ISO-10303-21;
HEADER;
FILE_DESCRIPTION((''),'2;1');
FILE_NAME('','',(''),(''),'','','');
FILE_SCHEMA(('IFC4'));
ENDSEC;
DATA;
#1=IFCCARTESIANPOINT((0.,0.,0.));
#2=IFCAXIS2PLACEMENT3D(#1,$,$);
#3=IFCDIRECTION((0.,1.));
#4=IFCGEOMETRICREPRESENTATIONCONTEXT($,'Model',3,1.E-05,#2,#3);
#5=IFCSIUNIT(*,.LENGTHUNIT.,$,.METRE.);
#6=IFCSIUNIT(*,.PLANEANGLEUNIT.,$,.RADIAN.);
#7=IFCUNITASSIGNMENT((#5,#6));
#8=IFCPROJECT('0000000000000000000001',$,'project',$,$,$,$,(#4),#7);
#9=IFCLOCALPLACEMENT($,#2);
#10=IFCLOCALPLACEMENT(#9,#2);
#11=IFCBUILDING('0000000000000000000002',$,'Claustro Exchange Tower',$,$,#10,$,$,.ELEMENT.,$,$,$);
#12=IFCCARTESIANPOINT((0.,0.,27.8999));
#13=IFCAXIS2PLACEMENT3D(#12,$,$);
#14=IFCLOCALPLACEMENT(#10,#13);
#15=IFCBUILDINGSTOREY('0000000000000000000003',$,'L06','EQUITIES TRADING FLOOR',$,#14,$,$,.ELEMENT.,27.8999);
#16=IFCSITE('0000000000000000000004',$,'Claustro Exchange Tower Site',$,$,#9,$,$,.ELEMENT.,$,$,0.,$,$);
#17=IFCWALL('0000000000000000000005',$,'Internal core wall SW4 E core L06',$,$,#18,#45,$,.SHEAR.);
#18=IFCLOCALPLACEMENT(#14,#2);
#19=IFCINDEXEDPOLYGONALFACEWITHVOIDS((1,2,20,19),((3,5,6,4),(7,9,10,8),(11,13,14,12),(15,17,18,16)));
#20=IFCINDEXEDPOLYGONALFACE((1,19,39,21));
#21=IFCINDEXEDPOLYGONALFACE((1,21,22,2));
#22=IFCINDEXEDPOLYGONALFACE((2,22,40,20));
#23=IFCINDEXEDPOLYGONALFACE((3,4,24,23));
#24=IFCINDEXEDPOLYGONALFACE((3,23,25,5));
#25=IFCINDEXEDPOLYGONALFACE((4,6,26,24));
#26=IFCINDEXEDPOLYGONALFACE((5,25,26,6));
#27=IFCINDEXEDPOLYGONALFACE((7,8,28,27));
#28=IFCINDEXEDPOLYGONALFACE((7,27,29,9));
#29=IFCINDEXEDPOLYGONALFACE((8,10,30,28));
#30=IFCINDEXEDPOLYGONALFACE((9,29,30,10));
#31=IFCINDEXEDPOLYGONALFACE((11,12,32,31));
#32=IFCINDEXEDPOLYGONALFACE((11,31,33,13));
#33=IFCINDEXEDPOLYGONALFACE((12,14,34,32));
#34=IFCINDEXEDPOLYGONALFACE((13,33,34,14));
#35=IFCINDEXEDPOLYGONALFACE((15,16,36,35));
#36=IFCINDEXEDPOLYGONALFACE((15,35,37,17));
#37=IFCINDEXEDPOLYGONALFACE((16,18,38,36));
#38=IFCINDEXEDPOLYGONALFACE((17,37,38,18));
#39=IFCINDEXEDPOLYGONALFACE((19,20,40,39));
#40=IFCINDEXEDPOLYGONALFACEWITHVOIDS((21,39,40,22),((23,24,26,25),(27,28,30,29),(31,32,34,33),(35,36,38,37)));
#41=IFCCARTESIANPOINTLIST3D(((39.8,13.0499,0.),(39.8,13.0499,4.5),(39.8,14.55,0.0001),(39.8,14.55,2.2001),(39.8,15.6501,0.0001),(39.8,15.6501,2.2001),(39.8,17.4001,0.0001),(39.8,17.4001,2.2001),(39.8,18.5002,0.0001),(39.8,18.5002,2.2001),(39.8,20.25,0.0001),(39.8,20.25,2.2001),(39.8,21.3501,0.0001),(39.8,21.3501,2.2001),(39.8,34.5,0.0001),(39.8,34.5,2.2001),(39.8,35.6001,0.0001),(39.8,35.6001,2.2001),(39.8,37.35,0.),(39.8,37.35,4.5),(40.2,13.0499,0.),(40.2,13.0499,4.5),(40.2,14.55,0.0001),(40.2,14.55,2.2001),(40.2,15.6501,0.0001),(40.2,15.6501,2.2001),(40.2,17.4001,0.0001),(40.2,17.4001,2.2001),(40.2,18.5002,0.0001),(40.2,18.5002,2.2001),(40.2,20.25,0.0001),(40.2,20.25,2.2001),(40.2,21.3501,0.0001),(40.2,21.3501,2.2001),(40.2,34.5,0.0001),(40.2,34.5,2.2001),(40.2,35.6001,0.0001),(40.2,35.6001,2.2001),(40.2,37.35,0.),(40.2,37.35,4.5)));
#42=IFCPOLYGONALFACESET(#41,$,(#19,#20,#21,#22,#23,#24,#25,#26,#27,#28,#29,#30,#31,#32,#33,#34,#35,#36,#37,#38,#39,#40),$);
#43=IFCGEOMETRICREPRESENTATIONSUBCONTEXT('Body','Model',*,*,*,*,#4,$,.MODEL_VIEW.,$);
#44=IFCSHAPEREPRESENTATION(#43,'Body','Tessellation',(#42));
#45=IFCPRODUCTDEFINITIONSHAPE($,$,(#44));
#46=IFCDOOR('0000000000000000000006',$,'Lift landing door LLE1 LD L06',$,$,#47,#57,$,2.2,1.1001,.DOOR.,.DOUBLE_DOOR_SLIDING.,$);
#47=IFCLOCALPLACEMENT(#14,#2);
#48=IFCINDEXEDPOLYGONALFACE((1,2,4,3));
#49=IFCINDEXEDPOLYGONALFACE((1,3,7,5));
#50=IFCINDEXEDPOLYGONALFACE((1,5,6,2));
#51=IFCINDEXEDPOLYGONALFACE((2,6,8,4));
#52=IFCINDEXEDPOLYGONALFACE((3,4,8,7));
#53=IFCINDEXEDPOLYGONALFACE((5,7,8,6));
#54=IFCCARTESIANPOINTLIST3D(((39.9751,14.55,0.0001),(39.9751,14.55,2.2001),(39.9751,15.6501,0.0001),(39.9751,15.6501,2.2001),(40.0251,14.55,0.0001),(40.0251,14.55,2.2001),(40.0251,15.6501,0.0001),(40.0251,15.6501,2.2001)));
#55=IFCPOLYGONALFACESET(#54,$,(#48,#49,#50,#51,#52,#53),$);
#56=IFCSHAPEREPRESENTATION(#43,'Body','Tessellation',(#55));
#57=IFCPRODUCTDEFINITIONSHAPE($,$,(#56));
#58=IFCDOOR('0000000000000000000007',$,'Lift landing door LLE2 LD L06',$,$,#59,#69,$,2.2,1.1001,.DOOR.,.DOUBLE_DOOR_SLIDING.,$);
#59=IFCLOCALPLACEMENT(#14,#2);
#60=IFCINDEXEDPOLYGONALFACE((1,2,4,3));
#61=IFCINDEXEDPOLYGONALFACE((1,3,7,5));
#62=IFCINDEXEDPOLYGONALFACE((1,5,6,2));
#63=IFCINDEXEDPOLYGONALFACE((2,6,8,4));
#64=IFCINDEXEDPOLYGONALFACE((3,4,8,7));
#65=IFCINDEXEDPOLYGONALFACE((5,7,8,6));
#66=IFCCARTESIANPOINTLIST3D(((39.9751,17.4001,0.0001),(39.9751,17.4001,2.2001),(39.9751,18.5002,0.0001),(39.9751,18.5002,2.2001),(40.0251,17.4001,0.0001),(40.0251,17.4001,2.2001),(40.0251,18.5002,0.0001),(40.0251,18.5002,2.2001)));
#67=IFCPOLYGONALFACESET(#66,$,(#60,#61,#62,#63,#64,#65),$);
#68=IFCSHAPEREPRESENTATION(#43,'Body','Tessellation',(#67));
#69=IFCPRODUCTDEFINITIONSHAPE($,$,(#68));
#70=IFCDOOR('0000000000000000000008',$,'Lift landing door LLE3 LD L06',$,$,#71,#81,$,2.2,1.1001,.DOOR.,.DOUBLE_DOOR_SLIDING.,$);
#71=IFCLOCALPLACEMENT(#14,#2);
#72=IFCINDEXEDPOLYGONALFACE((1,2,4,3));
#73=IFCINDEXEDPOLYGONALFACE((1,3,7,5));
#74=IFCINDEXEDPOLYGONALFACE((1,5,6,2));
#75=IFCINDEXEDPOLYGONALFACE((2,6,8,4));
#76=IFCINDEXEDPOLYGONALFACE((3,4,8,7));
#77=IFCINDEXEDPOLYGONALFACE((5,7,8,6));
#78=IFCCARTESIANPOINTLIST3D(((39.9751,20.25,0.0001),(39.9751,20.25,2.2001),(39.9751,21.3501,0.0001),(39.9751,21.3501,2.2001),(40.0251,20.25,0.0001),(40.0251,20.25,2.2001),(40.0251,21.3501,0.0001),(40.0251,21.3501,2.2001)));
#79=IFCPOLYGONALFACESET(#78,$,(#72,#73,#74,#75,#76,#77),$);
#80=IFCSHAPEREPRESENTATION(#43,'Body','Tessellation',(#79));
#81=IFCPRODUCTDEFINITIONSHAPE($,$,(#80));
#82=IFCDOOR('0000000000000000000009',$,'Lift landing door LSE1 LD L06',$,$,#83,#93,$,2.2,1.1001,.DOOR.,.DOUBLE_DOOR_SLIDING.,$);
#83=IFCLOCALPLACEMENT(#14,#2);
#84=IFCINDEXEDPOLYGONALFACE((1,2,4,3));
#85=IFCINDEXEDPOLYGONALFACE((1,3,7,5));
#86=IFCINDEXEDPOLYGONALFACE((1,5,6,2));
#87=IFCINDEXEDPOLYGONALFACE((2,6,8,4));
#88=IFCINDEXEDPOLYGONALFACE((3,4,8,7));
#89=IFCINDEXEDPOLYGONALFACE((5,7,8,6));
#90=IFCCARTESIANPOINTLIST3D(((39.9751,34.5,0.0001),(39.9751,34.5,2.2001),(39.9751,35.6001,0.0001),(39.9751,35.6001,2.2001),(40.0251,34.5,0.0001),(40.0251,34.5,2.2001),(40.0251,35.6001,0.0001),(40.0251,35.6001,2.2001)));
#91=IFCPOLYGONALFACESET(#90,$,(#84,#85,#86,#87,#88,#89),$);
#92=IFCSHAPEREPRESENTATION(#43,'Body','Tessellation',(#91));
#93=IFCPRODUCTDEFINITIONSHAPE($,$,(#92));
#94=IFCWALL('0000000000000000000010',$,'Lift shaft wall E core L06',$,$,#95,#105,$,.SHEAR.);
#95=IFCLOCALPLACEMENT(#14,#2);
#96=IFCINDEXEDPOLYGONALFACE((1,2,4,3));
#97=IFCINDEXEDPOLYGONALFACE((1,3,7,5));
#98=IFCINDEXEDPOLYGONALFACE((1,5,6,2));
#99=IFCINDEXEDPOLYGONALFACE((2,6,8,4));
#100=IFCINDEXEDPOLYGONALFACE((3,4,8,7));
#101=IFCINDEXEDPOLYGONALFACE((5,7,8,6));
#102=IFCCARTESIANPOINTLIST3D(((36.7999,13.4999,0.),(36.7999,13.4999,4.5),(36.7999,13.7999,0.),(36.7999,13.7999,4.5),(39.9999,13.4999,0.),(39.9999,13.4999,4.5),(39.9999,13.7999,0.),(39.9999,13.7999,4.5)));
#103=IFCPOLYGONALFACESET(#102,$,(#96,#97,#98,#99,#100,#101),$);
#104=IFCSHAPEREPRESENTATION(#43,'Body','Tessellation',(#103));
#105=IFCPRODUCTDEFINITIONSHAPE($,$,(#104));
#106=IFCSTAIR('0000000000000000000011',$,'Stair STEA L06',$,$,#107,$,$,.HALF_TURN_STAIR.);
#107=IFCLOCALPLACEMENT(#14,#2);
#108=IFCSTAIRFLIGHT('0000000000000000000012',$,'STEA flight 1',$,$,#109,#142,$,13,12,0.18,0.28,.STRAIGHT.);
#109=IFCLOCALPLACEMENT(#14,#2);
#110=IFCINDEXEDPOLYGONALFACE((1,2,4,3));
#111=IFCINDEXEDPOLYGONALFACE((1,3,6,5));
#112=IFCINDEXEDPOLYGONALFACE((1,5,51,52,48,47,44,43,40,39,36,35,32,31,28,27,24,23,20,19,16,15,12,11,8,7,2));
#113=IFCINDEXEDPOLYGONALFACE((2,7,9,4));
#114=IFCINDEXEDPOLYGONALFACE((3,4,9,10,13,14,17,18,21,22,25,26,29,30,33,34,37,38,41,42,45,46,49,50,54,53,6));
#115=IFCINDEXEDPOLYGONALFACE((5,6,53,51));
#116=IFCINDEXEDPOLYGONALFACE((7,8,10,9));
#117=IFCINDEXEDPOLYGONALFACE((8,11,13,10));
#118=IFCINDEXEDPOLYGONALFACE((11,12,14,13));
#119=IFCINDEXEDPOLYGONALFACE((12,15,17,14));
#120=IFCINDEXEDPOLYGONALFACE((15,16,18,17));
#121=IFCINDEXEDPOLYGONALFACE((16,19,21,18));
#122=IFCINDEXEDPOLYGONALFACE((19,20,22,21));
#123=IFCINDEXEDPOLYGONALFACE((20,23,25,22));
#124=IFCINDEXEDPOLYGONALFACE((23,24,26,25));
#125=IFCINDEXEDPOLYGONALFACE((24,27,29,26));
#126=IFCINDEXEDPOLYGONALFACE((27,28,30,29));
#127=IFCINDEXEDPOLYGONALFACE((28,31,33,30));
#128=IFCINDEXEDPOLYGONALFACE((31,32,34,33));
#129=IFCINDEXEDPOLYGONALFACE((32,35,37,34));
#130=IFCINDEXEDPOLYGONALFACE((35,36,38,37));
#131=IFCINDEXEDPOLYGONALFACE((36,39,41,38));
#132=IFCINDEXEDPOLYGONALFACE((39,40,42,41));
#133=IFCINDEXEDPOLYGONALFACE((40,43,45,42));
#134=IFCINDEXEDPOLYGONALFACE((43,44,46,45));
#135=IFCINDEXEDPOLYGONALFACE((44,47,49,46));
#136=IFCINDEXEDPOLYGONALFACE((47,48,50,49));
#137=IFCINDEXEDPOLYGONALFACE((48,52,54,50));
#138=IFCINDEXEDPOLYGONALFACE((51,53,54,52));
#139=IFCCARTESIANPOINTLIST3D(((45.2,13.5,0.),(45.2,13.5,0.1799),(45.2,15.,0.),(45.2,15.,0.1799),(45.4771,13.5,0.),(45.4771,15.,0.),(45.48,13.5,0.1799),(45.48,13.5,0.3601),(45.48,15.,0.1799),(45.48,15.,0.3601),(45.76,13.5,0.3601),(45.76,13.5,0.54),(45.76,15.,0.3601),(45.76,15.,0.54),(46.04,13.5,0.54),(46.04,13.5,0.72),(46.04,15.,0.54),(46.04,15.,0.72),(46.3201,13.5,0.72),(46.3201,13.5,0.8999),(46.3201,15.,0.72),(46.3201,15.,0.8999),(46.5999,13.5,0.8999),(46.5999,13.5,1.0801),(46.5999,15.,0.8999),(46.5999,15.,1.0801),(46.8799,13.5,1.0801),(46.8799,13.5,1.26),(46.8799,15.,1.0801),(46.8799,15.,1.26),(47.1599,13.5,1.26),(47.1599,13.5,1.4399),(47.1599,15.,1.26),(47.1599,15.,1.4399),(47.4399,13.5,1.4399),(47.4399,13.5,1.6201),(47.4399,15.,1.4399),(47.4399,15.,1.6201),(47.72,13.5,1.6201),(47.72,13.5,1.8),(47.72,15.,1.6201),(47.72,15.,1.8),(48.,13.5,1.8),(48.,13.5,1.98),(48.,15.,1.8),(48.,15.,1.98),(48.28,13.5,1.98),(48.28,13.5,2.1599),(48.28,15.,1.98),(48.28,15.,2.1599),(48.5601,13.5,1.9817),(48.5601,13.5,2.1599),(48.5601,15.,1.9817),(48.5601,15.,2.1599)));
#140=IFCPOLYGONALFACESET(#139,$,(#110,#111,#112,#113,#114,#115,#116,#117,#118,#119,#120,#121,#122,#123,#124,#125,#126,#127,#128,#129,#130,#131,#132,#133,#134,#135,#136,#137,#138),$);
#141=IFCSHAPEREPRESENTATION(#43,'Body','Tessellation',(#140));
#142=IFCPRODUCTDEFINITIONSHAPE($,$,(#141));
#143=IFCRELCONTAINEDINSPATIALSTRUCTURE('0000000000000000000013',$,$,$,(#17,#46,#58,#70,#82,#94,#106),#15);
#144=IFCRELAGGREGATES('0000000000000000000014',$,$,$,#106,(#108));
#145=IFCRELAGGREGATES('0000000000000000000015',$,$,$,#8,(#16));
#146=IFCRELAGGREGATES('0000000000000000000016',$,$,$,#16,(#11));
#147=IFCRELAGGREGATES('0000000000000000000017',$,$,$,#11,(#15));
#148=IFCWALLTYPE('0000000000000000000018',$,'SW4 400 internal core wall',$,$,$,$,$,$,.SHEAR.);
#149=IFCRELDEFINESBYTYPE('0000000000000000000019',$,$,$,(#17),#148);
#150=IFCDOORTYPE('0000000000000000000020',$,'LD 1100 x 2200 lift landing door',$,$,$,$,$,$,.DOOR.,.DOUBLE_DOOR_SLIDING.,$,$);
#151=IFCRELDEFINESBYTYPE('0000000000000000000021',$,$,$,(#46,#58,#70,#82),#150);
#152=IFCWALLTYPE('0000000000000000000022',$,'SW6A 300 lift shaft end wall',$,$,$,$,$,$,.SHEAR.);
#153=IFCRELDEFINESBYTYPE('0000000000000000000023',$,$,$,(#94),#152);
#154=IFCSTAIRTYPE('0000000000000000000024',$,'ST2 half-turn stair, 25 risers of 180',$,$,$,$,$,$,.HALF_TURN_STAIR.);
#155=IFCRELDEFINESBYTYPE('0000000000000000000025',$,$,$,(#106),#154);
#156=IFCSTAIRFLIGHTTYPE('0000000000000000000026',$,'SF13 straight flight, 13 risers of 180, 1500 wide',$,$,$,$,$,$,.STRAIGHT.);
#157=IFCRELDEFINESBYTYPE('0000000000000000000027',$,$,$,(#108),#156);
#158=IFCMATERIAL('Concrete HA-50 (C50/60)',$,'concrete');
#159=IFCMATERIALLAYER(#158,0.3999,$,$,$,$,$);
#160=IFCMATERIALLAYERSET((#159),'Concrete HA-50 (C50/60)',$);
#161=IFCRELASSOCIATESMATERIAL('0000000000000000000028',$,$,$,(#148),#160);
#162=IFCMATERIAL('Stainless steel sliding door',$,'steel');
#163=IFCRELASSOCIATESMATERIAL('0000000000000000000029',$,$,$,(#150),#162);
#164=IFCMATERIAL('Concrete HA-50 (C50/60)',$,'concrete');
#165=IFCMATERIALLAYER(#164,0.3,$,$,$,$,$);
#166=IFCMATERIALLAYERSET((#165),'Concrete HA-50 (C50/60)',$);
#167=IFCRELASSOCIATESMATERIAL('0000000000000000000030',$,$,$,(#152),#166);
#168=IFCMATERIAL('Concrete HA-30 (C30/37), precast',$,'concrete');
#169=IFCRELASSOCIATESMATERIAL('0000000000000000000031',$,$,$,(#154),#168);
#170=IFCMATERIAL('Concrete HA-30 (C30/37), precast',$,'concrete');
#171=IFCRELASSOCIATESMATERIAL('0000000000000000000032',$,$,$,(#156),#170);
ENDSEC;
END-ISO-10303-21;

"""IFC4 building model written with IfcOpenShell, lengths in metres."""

from ifc_helpers import new_model, si_unit, direction, frame, frame_2d, origin, place, context, subcontext, project, spatial, polyline, rectangle, outline, extrude, material, layer, layer_set, type_object, element, fill, aggregate, save


model = new_model("IFC4")

# Units and contexts
model_context = context("Model", 3, precision=1e-05, world=origin(), true_north=direction((0.0, 1.0)))
body_context = subcontext(model_context, "Body", "Model", "MODEL_VIEW")
ifc_project = project(units=[si_unit("LENGTHUNIT", "METRE"), si_unit("PLANEANGLEUNIT", "RADIAN")], contexts=[model_context])

# Site, building, storey
site_placement = place(None, origin())
site = spatial("IfcSite", under=ifc_project, at=site_placement, Name="Claustro Exchange Tower Site", CompositionType="ELEMENT", RefElevation=0.0)
building_placement = place(site_placement, origin())
building = spatial("IfcBuilding", under=site, at=building_placement, Name="Claustro Exchange Tower", CompositionType="ELEMENT")
storey_placement = place(building_placement, frame((0.0, 0.0, 27.8999)))
storey = spatial("IfcBuildingStorey", under=building, at=storey_placement, Name="L06", Description="EQUITIES TRADING FLOOR", CompositionType="ELEMENT", Elevation=27.8999)

# Wall, openings, doors
ifc_material_1 = material(Name="Concrete HA-50 (C50/60)", Category="concrete")
ifc_layer_1 = layer(ifc_material_1, 0.3999)
ifc_layer_set_1 = layer_set([ifc_layer_1], Name="Concrete HA-50 (C50/60)")
wall_type_1 = type_object("IfcWallType", Name="SW4 400 internal core wall", PredefinedType="SHEAR", material=ifc_layer_set_1)
ifc_material_2 = material(Name="Stainless steel sliding door", Category="steel")
door_type_1 = type_object("IfcDoorType", Name="LD 1100 x 2200 lift landing door", OperationType="DOUBLE_DOOR_SLIDING", PredefinedType="DOOR", material=ifc_material_2)
wall_1_placement = place(storey_placement, frame((40.0, 13.05, 0.0), z_axis=(0.0, 0.0, 1.0), x_axis=(0.0, 1.0, 0.0)))
wall_1 = element("IfcWall", 1, at=wall_1_placement, inside=storey, type_object=wall_type_1, Name="Internal core wall SW4 E core L06", PredefinedType="SHEAR", context=body_context, shape_type="SweptSolid", body=[
    extrude(rectangle(XDim=24.3, YDim=0.3999, at=frame_2d((12.1499, 0.0))), origin(), (0.0, 0.0, 1.0), 4.5),
])
opening_1_placement = place(wall_1_placement, frame((1.5, 0.0, 0.0)))
opening_1 = element("IfcOpeningElement", 2, at=opening_1_placement, cuts=wall_1, PredefinedType="OPENING", context=body_context, shape_type="SweptSolid", body=[
    extrude(rectangle(XDim=1.1001, YDim=2.2, at=frame_2d((0.55, 1.1001))), frame((0.0, 0.21, 0.0), z_axis=(0.0, -1.0, 0.0), x_axis=(1.0, 0.0, 0.0)), (0.0, 0.0, 1.0), 0.4199),
])
opening_2_placement = place(wall_1_placement, frame((4.3501, 0.0, 0.0)))
opening_2 = element("IfcOpeningElement", 3, at=opening_2_placement, cuts=wall_1, PredefinedType="OPENING", context=body_context, shape_type="SweptSolid", body=[
    extrude(rectangle(XDim=1.1001, YDim=2.2, at=frame_2d((0.55, 1.1001))), frame((0.0, 0.21, 0.0), z_axis=(0.0, -1.0, 0.0), x_axis=(1.0, 0.0, 0.0)), (0.0, 0.0, 1.0), 0.4199),
])
opening_3_placement = place(wall_1_placement, frame((7.2, 0.0, 0.0)))
opening_3 = element("IfcOpeningElement", 4, at=opening_3_placement, cuts=wall_1, PredefinedType="OPENING", context=body_context, shape_type="SweptSolid", body=[
    extrude(rectangle(XDim=1.1001, YDim=2.2, at=frame_2d((0.55, 1.1001))), frame((0.0, 0.21, 0.0), z_axis=(0.0, -1.0, 0.0), x_axis=(1.0, 0.0, 0.0)), (0.0, 0.0, 1.0), 0.4199),
])
opening_4_placement = place(wall_1_placement, frame((21.45, 0.0, 0.0)))
opening_4 = element("IfcOpeningElement", 5, at=opening_4_placement, cuts=wall_1, PredefinedType="OPENING", context=body_context, shape_type="SweptSolid", body=[
    extrude(rectangle(XDim=1.1001, YDim=2.2, at=frame_2d((0.55, 1.1001))), frame((0.0, 0.21, 0.0), z_axis=(0.0, -1.0, 0.0), x_axis=(1.0, 0.0, 0.0)), (0.0, 0.0, 1.0), 0.4199),
])
door_1_placement = place(opening_1_placement, origin())
door_1 = element("IfcDoor", 6, at=door_1_placement, inside=storey, type_object=door_type_1, Name="Lift landing door LLE1 LD L06", OperationType="DOUBLE_DOOR_SLIDING", OverallHeight=2.2, OverallWidth=1.1001, PredefinedType="DOOR", context=body_context, shape_type="SweptSolid", body=[
    extrude(rectangle(XDim=1.1001, YDim=2.2, at=frame_2d((0.55, 1.1001))), frame((0.0, 0.0249, 0.0), z_axis=(0.0, -1.0, 0.0), x_axis=(1.0, 0.0, 0.0)), (0.0, 0.0, 1.0), 0.05),
])
fill(opening_1, door_1)
door_2_placement = place(opening_2_placement, origin())
door_2 = element("IfcDoor", 7, at=door_2_placement, inside=storey, type_object=door_type_1, Name="Lift landing door LLE2 LD L06", OperationType="DOUBLE_DOOR_SLIDING", OverallHeight=2.2, OverallWidth=1.1001, PredefinedType="DOOR", context=body_context, shape_type="SweptSolid", body=[
    extrude(rectangle(XDim=1.1001, YDim=2.2, at=frame_2d((0.55, 1.1001))), frame((0.0, 0.0249, 0.0), z_axis=(0.0, -1.0, 0.0), x_axis=(1.0, 0.0, 0.0)), (0.0, 0.0, 1.0), 0.05),
])
fill(opening_2, door_2)
door_3_placement = place(opening_3_placement, origin())
door_3 = element("IfcDoor", 8, at=door_3_placement, inside=storey, type_object=door_type_1, Name="Lift landing door LLE3 LD L06", OperationType="DOUBLE_DOOR_SLIDING", OverallHeight=2.2, OverallWidth=1.1001, PredefinedType="DOOR", context=body_context, shape_type="SweptSolid", body=[
    extrude(rectangle(XDim=1.1001, YDim=2.2, at=frame_2d((0.55, 1.1001))), frame((0.0, 0.0249, 0.0), z_axis=(0.0, -1.0, 0.0), x_axis=(1.0, 0.0, 0.0)), (0.0, 0.0, 1.0), 0.05),
])
fill(opening_3, door_3)
door_4_placement = place(opening_4_placement, origin())
door_4 = element("IfcDoor", 9, at=door_4_placement, inside=storey, type_object=door_type_1, Name="Lift landing door LSE1 LD L06", OperationType="DOUBLE_DOOR_SLIDING", OverallHeight=2.2, OverallWidth=1.1001, PredefinedType="DOOR", context=body_context, shape_type="SweptSolid", body=[
    extrude(rectangle(XDim=1.1001, YDim=2.2, at=frame_2d((0.55, 1.1001))), frame((0.0, 0.0249, 0.0), z_axis=(0.0, -1.0, 0.0), x_axis=(1.0, 0.0, 0.0)), (0.0, 0.0, 1.0), 0.05),
])
fill(opening_4, door_4)

# Wall
ifc_material_3 = material(Name="Concrete HA-50 (C50/60)", Category="concrete")
ifc_layer_2 = layer(ifc_material_3, 0.3)
ifc_layer_set_2 = layer_set([ifc_layer_2], Name="Concrete HA-50 (C50/60)")
wall_type_2 = type_object("IfcWallType", Name="SW6A 300 lift shaft end wall", PredefinedType="SHEAR", material=ifc_layer_set_2)
wall_2_placement = place(storey_placement, frame((40.0, 13.6499, 0.0), z_axis=(0.0, 0.0, 1.0), x_axis=(-1.0, 0.0, 0.0)))
element("IfcWall", 10, at=wall_2_placement, inside=storey, type_object=wall_type_2, Name="Lift shaft wall E core L06", PredefinedType="SHEAR", context=body_context, shape_type="SweptSolid", body=[
    extrude(rectangle(XDim=3.2, YDim=0.3, at=frame_2d((1.6001, 0.0))), origin(), (0.0, 0.0, 1.0), 4.5),
])

# Stair, stair flight
ifc_material_4 = material(Name="Concrete HA-30 (C30/37), precast", Category="concrete")
stair_type = type_object("IfcStairType", Name="ST2 half-turn stair, 25 risers of 180", PredefinedType="HALF_TURN_STAIR", material=ifc_material_4)
stair_placement = place(storey_placement, origin())
stair = element("IfcStair", 11, at=stair_placement, inside=storey, type_object=stair_type, Name="Stair STEA L06", PredefinedType="HALF_TURN_STAIR")
ifc_material_5 = material(Name="Concrete HA-30 (C30/37), precast", Category="concrete")
stair_flight_type = type_object("IfcStairFlightType", Name="SF13 straight flight, 13 risers of 180, 1500 wide", PredefinedType="STRAIGHT", material=ifc_material_5)
stair_flight_placement = place(storey_placement, frame((45.2, 14.25, 0.0), z_axis=(0.0, 0.0, 1.0), x_axis=(1.0, 0.0, 0.0)))
stair_flight = element("IfcStairFlight", 12, at=stair_flight_placement, type_object=stair_flight_type, Name="STEA flight 1", NumberOfRisers=13, NumberOfTreads=12, PredefinedType="STRAIGHT", RiserHeight=0.18, TreadLength=0.28, context=body_context, shape_type="SweptSolid", body=[
    extrude(outline(polyline([(0.0, 0.0), (0.0, 0.1799), (0.28, 0.1799), (0.28, 0.3601), (0.5601, 0.3601), (0.5601, 0.54), (0.8401, 0.54), (0.8401, 0.72), (1.1201, 0.72), (1.1201, 0.8999), (1.3999, 0.8999), (1.3999, 1.0801), (1.6799, 1.0801), (1.6799, 1.26), (1.96, 1.26), (1.96, 1.4399), (2.24, 1.4399), (2.24, 1.6201), (2.52, 1.6201), (2.52, 1.8), (2.8, 1.8), (2.8, 1.98), (3.0801, 1.98), (3.0801, 2.1599), (3.3601, 2.1599), (3.3601, 2.3401), (3.3601, 1.9817), (0.2771, 0.0), (0.0, 0.0)])), frame((0.0, 0.75, 0.0), z_axis=(0.0, -1.0, 0.0), x_axis=(1.0, 0.0, 0.0)), (0.0, 0.0, 1.0), 1.5),
])
aggregate(stair, [stair_flight])

save(model, "model.ifc")
